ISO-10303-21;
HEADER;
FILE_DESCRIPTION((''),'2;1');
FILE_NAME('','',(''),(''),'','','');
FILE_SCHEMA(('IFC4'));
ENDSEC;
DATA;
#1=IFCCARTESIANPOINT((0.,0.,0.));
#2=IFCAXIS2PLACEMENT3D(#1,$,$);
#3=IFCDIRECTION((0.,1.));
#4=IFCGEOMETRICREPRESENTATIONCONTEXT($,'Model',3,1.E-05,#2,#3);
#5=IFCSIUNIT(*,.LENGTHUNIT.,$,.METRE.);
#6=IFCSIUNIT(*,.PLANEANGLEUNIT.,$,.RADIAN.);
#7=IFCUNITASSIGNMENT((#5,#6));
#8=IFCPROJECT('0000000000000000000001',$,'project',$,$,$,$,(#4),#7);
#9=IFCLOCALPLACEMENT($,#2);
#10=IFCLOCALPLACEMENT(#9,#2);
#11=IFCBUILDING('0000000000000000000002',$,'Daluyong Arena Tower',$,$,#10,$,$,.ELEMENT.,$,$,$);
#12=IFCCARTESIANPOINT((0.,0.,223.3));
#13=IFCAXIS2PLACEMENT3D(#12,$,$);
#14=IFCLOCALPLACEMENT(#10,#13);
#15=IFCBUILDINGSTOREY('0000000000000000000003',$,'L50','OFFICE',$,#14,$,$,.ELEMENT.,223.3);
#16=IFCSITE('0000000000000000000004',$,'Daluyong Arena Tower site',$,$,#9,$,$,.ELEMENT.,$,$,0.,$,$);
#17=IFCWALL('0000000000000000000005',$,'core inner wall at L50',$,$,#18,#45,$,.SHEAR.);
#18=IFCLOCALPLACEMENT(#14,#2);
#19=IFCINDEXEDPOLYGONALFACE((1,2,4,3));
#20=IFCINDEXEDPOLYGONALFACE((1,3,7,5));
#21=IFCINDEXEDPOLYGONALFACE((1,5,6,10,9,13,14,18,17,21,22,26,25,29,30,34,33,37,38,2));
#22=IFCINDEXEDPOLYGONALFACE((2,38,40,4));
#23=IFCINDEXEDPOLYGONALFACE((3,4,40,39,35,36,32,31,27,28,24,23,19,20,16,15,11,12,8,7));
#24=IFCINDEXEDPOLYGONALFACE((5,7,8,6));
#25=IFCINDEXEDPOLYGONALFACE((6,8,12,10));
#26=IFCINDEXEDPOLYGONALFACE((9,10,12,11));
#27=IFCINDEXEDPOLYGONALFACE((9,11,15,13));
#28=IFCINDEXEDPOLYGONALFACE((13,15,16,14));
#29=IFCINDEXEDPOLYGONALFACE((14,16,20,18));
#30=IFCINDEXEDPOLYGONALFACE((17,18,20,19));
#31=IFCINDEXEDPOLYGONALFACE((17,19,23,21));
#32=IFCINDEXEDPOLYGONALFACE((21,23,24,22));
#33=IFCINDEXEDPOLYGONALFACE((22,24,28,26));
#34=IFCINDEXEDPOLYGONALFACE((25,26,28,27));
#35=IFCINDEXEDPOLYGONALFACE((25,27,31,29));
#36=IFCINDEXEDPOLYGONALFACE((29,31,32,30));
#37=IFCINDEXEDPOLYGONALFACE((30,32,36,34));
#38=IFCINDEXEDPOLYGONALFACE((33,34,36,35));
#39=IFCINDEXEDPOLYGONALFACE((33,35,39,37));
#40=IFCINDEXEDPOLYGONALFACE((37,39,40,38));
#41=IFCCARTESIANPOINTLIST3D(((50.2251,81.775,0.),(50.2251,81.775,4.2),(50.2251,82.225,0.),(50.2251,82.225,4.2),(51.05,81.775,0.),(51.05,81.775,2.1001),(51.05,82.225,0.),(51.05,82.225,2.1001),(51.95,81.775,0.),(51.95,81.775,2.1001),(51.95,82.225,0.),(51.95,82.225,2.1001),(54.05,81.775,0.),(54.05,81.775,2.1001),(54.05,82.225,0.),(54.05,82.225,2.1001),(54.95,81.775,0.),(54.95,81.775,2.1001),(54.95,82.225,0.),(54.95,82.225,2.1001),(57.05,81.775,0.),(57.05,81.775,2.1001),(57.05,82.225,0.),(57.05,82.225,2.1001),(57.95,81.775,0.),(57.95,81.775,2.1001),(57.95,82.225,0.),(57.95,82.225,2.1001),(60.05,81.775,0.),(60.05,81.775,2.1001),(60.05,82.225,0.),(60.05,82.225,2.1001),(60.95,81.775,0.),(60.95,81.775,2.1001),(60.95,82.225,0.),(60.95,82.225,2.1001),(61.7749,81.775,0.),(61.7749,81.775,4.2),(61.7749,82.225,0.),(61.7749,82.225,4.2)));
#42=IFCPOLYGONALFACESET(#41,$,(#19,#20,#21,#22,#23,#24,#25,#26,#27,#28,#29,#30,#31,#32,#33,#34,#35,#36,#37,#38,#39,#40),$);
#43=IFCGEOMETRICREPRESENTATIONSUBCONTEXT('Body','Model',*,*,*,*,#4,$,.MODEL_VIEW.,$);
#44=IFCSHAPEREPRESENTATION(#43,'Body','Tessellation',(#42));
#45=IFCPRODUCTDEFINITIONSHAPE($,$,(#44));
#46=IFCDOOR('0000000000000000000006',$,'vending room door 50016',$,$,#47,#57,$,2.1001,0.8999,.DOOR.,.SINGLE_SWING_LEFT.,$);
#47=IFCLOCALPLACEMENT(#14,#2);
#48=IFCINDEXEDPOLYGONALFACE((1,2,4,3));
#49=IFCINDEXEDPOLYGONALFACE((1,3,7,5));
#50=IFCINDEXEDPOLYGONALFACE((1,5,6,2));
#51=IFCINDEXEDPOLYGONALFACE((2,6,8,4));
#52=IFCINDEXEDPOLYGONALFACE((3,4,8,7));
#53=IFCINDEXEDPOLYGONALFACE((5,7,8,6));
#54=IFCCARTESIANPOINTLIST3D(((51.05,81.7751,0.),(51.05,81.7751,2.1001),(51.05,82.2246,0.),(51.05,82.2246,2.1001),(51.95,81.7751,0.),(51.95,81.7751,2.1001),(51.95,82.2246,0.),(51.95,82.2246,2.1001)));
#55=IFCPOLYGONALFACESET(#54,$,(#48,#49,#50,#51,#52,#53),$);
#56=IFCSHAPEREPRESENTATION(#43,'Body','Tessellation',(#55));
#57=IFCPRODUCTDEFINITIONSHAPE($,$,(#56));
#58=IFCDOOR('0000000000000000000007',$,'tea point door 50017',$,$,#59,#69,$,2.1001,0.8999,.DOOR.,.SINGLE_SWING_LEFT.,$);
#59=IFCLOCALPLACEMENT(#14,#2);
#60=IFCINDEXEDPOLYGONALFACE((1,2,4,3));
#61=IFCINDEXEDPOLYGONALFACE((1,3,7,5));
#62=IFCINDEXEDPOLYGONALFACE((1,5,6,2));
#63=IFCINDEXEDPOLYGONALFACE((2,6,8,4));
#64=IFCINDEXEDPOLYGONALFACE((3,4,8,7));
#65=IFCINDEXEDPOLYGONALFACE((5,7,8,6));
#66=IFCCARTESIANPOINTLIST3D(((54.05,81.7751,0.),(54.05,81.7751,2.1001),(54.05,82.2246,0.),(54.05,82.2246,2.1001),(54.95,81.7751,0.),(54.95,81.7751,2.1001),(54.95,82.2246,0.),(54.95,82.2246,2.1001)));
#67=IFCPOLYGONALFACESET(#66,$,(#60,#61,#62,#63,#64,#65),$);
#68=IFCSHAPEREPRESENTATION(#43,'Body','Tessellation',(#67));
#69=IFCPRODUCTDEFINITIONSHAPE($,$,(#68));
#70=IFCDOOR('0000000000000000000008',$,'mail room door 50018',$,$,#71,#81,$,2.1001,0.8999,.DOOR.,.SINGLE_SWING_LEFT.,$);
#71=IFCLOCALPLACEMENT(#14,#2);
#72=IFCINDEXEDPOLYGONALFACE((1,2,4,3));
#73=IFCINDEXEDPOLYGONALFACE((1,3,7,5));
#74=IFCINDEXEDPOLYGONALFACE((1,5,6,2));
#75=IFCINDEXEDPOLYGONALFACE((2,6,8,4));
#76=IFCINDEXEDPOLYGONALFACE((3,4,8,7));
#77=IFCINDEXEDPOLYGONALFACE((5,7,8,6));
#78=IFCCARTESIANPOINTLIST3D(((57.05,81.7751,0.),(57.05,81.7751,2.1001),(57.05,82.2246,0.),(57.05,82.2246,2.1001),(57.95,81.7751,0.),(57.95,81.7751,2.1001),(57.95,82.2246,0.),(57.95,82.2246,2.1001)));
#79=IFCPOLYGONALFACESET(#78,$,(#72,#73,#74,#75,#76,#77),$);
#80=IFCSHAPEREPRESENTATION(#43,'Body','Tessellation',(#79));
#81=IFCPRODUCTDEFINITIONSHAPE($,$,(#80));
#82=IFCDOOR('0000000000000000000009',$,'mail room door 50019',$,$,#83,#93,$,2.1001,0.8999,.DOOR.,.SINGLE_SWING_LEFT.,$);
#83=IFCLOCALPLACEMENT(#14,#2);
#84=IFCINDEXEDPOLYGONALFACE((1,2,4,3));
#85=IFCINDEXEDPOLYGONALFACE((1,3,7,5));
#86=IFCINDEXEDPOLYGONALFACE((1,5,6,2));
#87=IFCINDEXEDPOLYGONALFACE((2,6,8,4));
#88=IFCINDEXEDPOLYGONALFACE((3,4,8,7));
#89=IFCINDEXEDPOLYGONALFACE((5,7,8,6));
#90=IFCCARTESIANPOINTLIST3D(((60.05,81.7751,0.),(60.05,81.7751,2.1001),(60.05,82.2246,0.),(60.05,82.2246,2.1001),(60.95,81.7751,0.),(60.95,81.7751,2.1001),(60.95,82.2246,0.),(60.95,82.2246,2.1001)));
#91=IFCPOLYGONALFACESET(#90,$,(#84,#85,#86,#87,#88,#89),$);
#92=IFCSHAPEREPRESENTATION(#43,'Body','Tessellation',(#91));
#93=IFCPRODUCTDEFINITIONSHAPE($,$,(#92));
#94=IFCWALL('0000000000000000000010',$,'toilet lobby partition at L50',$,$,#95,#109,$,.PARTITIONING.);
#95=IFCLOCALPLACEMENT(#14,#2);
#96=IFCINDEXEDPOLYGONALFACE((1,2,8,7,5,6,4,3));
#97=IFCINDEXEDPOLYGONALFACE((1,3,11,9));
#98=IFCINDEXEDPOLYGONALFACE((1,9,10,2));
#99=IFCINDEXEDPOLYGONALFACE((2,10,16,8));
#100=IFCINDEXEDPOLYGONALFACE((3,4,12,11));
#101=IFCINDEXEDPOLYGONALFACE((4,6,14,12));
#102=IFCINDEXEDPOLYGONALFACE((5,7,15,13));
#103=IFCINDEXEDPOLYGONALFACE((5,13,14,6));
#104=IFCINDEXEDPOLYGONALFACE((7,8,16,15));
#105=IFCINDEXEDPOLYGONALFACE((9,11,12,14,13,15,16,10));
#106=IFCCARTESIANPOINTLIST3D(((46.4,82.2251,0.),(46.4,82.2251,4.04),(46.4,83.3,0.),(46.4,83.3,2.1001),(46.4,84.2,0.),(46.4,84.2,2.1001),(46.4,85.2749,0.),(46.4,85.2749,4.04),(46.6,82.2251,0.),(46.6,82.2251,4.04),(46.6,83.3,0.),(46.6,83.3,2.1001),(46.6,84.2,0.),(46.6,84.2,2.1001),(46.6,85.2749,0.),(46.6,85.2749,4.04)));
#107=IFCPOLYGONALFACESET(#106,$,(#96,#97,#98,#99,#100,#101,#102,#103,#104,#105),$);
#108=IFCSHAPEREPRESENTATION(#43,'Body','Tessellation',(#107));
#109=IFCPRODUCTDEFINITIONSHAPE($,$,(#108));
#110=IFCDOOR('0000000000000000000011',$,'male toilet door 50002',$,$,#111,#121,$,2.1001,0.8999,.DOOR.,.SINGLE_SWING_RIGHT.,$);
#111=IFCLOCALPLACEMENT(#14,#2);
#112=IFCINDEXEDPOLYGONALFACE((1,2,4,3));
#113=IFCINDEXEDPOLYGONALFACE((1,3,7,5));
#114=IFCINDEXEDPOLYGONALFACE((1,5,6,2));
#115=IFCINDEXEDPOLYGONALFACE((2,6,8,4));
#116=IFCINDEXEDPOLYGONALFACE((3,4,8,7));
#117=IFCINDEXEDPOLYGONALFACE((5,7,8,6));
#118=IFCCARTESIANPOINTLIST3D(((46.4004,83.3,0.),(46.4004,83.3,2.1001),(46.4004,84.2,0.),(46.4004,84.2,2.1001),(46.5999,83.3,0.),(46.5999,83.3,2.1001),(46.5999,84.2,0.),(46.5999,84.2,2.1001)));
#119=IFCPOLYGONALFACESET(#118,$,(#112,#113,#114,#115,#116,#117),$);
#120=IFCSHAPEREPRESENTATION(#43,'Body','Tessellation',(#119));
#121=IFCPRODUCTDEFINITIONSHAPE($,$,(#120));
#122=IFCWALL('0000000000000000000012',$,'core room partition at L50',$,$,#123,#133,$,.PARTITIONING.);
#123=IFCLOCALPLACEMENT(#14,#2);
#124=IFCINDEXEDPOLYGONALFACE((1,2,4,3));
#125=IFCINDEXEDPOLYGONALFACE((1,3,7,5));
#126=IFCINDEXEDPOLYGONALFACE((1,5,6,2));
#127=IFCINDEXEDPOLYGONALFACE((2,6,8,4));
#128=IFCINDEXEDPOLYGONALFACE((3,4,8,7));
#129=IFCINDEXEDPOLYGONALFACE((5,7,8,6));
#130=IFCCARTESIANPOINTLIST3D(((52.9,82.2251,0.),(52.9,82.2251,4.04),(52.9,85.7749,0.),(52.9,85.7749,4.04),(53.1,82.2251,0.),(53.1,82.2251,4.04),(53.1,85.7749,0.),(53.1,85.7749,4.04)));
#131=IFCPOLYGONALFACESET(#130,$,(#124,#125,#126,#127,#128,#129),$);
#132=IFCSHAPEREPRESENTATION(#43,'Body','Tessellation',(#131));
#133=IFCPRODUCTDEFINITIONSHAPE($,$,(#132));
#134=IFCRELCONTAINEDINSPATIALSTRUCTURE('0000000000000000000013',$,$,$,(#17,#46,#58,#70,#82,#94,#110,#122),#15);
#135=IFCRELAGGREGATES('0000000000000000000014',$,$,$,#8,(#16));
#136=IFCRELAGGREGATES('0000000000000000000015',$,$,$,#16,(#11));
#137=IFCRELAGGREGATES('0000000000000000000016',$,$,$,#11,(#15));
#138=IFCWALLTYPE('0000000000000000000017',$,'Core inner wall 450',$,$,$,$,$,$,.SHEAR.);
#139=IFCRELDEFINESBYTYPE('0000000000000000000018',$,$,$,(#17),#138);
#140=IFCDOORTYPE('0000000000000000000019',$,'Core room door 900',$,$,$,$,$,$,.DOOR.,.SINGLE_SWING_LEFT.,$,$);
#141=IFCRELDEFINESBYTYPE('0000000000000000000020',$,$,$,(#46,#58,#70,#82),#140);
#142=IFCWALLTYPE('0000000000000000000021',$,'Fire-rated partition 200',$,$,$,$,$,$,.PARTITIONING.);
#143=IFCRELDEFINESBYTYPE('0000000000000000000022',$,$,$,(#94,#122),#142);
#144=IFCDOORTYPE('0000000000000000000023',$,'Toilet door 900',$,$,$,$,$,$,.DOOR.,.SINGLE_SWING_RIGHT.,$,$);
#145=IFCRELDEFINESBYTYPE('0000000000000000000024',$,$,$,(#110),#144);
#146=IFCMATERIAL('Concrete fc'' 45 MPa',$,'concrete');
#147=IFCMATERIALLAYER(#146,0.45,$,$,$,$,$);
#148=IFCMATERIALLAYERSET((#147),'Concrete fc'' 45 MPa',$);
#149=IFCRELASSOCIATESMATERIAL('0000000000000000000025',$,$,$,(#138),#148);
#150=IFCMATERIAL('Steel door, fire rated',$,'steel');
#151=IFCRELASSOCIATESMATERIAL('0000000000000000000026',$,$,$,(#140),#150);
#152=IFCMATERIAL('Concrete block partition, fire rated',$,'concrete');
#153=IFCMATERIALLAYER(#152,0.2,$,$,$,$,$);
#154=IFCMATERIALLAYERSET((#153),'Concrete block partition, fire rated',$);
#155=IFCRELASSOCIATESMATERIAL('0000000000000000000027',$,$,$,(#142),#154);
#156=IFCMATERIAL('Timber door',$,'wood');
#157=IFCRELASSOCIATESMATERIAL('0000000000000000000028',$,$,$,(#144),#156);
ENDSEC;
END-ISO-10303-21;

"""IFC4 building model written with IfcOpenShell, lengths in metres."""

from ifc_helpers import new_model, si_unit, direction, frame, frame_2d, origin, place, context, subcontext, project, spatial, rectangle, extrude, material, layer, layer_set, type_object, element, fill, save


model = new_model("IFC4")

# Units and contexts
model_context = context("Model", 3, precision=1e-05, world=origin(), true_north=direction((0.0, 1.0)))
body_context = subcontext(model_context, "Body", "Model", "MODEL_VIEW")
ifc_project = project(units=[si_unit("LENGTHUNIT", "METRE"), si_unit("PLANEANGLEUNIT", "RADIAN")], contexts=[model_context])

# Site, building, storey
site_placement = place(None, origin())
site = spatial("IfcSite", under=ifc_project, at=site_placement, Name="Daluyong Arena Tower site", CompositionType="ELEMENT", RefElevation=0.0)
building_placement = place(site_placement, origin())
building = spatial("IfcBuilding", under=site, at=building_placement, Name="Daluyong Arena Tower", CompositionType="ELEMENT")
storey_placement = place(building_placement, frame((0.0, 0.0, 223.3)))
storey = spatial("IfcBuildingStorey", under=building, at=storey_placement, Name="L50", Description="OFFICE", CompositionType="ELEMENT", Elevation=223.3)

# Shared definitions
ifc_material_1 = material(Name="Concrete fc' 45 MPa", Category="concrete")
ifc_layer_1 = layer(ifc_material_1, 0.45)
ifc_layer_set_1 = layer_set([ifc_layer_1], Name="Concrete fc' 45 MPa")
wall_type_1 = type_object("IfcWallType", Name="Core inner wall 450", PredefinedType="SHEAR", material=ifc_layer_set_1)
ifc_material_2 = material(Name="Steel door, fire rated", Category="steel")
door_type_1 = type_object("IfcDoorType", Name="Core room door 900", OperationType="SINGLE_SWING_LEFT", PredefinedType="DOOR", material=ifc_material_2)

# Wall, openings, doors
wall_1_placement = place(storey_placement, frame((50.2251, 82.0, 0.0), z_axis=(0.0, 0.0, 1.0), x_axis=(1.0, 0.0, 0.0)))
wall_1 = element("IfcWall", 1, at=wall_1_placement, inside=storey, type_object=wall_type_1, Name="core inner wall at L50", PredefinedType="SHEAR", context=body_context, shape_type="SweptSolid", body=[
    extrude(rectangle(XDim=11.5498, YDim=0.45, at=frame_2d((5.7749, 0.0))), origin(), (0.0, 0.0, 1.0), 4.2),
])
opening_1_placement = place(wall_1_placement, frame((0.825, 0.0, 0.0)))
opening_1 = element("IfcOpeningElement", 2, at=opening_1_placement, cuts=wall_1, PredefinedType="OPENING", context=body_context, shape_type="SweptSolid", body=[
    extrude(rectangle(XDim=0.8999, YDim=2.1001, at=frame_2d((0.45, 1.05))), frame((0.0, 0.2349, 0.0), z_axis=(0.0, -1.0, 0.0), x_axis=(1.0, 0.0, 0.0)), (0.0, 0.0, 1.0), 0.47),
])
opening_2_placement = place(wall_1_placement, frame((3.825, 0.0, 0.0)))
opening_2 = element("IfcOpeningElement", 3, at=opening_2_placement, cuts=wall_1, PredefinedType="OPENING", context=body_context, shape_type="SweptSolid", body=[
    extrude(rectangle(XDim=0.8999, YDim=2.1001, at=frame_2d((0.45, 1.05))), frame((0.0, 0.2349, 0.0), z_axis=(0.0, -1.0, 0.0), x_axis=(1.0, 0.0, 0.0)), (0.0, 0.0, 1.0), 0.47),
])
opening_3_placement = place(wall_1_placement, frame((6.825, 0.0, 0.0)))
opening_3 = element("IfcOpeningElement", 4, at=opening_3_placement, cuts=wall_1, PredefinedType="OPENING", context=body_context, shape_type="SweptSolid", body=[
    extrude(rectangle(XDim=0.8999, YDim=2.1001, at=frame_2d((0.45, 1.05))), frame((0.0, 0.2349, 0.0), z_axis=(0.0, -1.0, 0.0), x_axis=(1.0, 0.0, 0.0)), (0.0, 0.0, 1.0), 0.47),
])
opening_4_placement = place(wall_1_placement, frame((9.825, 0.0, 0.0)))
opening_4 = element("IfcOpeningElement", 5, at=opening_4_placement, cuts=wall_1, PredefinedType="OPENING", context=body_context, shape_type="SweptSolid", body=[
    extrude(rectangle(XDim=0.8999, YDim=2.1001, at=frame_2d((0.45, 1.05))), frame((0.0, 0.2349, 0.0), z_axis=(0.0, -1.0, 0.0), x_axis=(1.0, 0.0, 0.0)), (0.0, 0.0, 1.0), 0.47),
])
door_1_placement = place(opening_1_placement, origin())
door_1 = element("IfcDoor", 6, at=door_1_placement, inside=storey, type_object=door_type_1, Name="vending room door 50016", OperationType="SINGLE_SWING_LEFT", OverallHeight=2.1001, OverallWidth=0.8999, PredefinedType="DOOR", context=body_context, shape_type="SweptSolid", body=[
    extrude(rectangle(XDim=0.8999, YDim=2.1001, at=frame_2d((0.45, 1.05))), frame((0.0, 0.2246, 0.0), z_axis=(0.0, -1.0, 0.0), x_axis=(1.0, 0.0, 0.0)), (0.0, 0.0, 1.0), 0.4495),
])
fill(opening_1, door_1)
door_2_placement = place(opening_2_placement, origin())
door_2 = element("IfcDoor", 7, at=door_2_placement, inside=storey, type_object=door_type_1, Name="tea point door 50017", OperationType="SINGLE_SWING_LEFT", OverallHeight=2.1001, OverallWidth=0.8999, PredefinedType="DOOR", context=body_context, shape_type="SweptSolid", body=[
    extrude(rectangle(XDim=0.8999, YDim=2.1001, at=frame_2d((0.45, 1.05))), frame((0.0, 0.2246, 0.0), z_axis=(0.0, -1.0, 0.0), x_axis=(1.0, 0.0, 0.0)), (0.0, 0.0, 1.0), 0.4495),
])
fill(opening_2, door_2)
door_3_placement = place(opening_3_placement, origin())
door_3 = element("IfcDoor", 8, at=door_3_placement, inside=storey, type_object=door_type_1, Name="mail room door 50018", OperationType="SINGLE_SWING_LEFT", OverallHeight=2.1001, OverallWidth=0.8999, PredefinedType="DOOR", context=body_context, shape_type="SweptSolid", body=[
    extrude(rectangle(XDim=0.8999, YDim=2.1001, at=frame_2d((0.45, 1.05))), frame((0.0, 0.2246, 0.0), z_axis=(0.0, -1.0, 0.0), x_axis=(1.0, 0.0, 0.0)), (0.0, 0.0, 1.0), 0.4495),
])
fill(opening_3, door_3)
door_4_placement = place(opening_4_placement, origin())
door_4 = element("IfcDoor", 9, at=door_4_placement, inside=storey, type_object=door_type_1, Name="mail room door 50019", OperationType="SINGLE_SWING_LEFT", OverallHeight=2.1001, OverallWidth=0.8999, PredefinedType="DOOR", context=body_context, shape_type="SweptSolid", body=[
    extrude(rectangle(XDim=0.8999, YDim=2.1001, at=frame_2d((0.45, 1.05))), frame((0.0, 0.2246, 0.0), z_axis=(0.0, -1.0, 0.0), x_axis=(1.0, 0.0, 0.0)), (0.0, 0.0, 1.0), 0.4495),
])
fill(opening_4, door_4)

# Wall, opening, door
ifc_material_3 = material(Name="Concrete block partition, fire rated", Category="concrete")
ifc_layer_2 = layer(ifc_material_3, 0.2)
ifc_layer_set_2 = layer_set([ifc_layer_2], Name="Concrete block partition, fire rated")
wall_type_2 = type_object("IfcWallType", Name="Fire-rated partition 200", PredefinedType="PARTITIONING", material=ifc_layer_set_2)
wall_2_placement = place(storey_placement, frame((46.5, 82.2251, 0.0), z_axis=(0.0, 0.0, 1.0), x_axis=(0.0, 1.0, 0.0)))
wall_2 = element("IfcWall", 10, at=wall_2_placement, inside=storey, type_object=wall_type_2, Name="toilet lobby partition at L50", PredefinedType="PARTITIONING", context=body_context, shape_type="SweptSolid", body=[
    extrude(rectangle(XDim=3.0498, YDim=0.2, at=frame_2d((1.5249, 0.0))), origin(), (0.0, 0.0, 1.0), 4.04),
])
opening_5_placement = place(wall_2_placement, frame((1.075, 0.0, 0.0)))
opening_5 = element("IfcOpeningElement", 11, at=opening_5_placement, cuts=wall_2, PredefinedType="OPENING", context=body_context, shape_type="SweptSolid", body=[
    extrude(rectangle(XDim=0.8999, YDim=2.1001, at=frame_2d((0.45, 1.05))), frame((0.0, 0.1099, 0.0), z_axis=(0.0, -1.0, 0.0), x_axis=(1.0, 0.0, 0.0)), (0.0, 0.0, 1.0), 0.22),
])
ifc_material_4 = material(Name="Timber door", Category="wood")
door_type_2 = type_object("IfcDoorType", Name="Toilet door 900", OperationType="SINGLE_SWING_RIGHT", PredefinedType="DOOR", material=ifc_material_4)
door_5_placement = place(opening_5_placement, origin())
door_5 = element("IfcDoor", 12, at=door_5_placement, inside=storey, type_object=door_type_2, Name="male toilet door 50002", OperationType="SINGLE_SWING_RIGHT", OverallHeight=2.1001, OverallWidth=0.8999, PredefinedType="DOOR", context=body_context, shape_type="SweptSolid", body=[
    extrude(rectangle(XDim=0.8999, YDim=2.1001, at=frame_2d((0.45, 1.05))), frame((0.0, 0.0996, 0.0), z_axis=(0.0, -1.0, 0.0), x_axis=(1.0, 0.0, 0.0)), (0.0, 0.0, 1.0), 0.1995),
])
fill(opening_5, door_5)

# Wall
wall_3_placement = place(storey_placement, frame((53.0, 82.2251, 0.0), z_axis=(0.0, 0.0, 1.0), x_axis=(0.0, 1.0, 0.0)))
element("IfcWall", 13, at=wall_3_placement, inside=storey, type_object=wall_type_2, Name="core room partition at L50", PredefinedType="PARTITIONING", context=body_context, shape_type="SweptSolid", body=[
    extrude(rectangle(XDim=3.5498, YDim=0.2, at=frame_2d((1.7749, 0.0))), origin(), (0.0, 0.0, 1.0), 4.04),
])

save(model, "model.ifc")
